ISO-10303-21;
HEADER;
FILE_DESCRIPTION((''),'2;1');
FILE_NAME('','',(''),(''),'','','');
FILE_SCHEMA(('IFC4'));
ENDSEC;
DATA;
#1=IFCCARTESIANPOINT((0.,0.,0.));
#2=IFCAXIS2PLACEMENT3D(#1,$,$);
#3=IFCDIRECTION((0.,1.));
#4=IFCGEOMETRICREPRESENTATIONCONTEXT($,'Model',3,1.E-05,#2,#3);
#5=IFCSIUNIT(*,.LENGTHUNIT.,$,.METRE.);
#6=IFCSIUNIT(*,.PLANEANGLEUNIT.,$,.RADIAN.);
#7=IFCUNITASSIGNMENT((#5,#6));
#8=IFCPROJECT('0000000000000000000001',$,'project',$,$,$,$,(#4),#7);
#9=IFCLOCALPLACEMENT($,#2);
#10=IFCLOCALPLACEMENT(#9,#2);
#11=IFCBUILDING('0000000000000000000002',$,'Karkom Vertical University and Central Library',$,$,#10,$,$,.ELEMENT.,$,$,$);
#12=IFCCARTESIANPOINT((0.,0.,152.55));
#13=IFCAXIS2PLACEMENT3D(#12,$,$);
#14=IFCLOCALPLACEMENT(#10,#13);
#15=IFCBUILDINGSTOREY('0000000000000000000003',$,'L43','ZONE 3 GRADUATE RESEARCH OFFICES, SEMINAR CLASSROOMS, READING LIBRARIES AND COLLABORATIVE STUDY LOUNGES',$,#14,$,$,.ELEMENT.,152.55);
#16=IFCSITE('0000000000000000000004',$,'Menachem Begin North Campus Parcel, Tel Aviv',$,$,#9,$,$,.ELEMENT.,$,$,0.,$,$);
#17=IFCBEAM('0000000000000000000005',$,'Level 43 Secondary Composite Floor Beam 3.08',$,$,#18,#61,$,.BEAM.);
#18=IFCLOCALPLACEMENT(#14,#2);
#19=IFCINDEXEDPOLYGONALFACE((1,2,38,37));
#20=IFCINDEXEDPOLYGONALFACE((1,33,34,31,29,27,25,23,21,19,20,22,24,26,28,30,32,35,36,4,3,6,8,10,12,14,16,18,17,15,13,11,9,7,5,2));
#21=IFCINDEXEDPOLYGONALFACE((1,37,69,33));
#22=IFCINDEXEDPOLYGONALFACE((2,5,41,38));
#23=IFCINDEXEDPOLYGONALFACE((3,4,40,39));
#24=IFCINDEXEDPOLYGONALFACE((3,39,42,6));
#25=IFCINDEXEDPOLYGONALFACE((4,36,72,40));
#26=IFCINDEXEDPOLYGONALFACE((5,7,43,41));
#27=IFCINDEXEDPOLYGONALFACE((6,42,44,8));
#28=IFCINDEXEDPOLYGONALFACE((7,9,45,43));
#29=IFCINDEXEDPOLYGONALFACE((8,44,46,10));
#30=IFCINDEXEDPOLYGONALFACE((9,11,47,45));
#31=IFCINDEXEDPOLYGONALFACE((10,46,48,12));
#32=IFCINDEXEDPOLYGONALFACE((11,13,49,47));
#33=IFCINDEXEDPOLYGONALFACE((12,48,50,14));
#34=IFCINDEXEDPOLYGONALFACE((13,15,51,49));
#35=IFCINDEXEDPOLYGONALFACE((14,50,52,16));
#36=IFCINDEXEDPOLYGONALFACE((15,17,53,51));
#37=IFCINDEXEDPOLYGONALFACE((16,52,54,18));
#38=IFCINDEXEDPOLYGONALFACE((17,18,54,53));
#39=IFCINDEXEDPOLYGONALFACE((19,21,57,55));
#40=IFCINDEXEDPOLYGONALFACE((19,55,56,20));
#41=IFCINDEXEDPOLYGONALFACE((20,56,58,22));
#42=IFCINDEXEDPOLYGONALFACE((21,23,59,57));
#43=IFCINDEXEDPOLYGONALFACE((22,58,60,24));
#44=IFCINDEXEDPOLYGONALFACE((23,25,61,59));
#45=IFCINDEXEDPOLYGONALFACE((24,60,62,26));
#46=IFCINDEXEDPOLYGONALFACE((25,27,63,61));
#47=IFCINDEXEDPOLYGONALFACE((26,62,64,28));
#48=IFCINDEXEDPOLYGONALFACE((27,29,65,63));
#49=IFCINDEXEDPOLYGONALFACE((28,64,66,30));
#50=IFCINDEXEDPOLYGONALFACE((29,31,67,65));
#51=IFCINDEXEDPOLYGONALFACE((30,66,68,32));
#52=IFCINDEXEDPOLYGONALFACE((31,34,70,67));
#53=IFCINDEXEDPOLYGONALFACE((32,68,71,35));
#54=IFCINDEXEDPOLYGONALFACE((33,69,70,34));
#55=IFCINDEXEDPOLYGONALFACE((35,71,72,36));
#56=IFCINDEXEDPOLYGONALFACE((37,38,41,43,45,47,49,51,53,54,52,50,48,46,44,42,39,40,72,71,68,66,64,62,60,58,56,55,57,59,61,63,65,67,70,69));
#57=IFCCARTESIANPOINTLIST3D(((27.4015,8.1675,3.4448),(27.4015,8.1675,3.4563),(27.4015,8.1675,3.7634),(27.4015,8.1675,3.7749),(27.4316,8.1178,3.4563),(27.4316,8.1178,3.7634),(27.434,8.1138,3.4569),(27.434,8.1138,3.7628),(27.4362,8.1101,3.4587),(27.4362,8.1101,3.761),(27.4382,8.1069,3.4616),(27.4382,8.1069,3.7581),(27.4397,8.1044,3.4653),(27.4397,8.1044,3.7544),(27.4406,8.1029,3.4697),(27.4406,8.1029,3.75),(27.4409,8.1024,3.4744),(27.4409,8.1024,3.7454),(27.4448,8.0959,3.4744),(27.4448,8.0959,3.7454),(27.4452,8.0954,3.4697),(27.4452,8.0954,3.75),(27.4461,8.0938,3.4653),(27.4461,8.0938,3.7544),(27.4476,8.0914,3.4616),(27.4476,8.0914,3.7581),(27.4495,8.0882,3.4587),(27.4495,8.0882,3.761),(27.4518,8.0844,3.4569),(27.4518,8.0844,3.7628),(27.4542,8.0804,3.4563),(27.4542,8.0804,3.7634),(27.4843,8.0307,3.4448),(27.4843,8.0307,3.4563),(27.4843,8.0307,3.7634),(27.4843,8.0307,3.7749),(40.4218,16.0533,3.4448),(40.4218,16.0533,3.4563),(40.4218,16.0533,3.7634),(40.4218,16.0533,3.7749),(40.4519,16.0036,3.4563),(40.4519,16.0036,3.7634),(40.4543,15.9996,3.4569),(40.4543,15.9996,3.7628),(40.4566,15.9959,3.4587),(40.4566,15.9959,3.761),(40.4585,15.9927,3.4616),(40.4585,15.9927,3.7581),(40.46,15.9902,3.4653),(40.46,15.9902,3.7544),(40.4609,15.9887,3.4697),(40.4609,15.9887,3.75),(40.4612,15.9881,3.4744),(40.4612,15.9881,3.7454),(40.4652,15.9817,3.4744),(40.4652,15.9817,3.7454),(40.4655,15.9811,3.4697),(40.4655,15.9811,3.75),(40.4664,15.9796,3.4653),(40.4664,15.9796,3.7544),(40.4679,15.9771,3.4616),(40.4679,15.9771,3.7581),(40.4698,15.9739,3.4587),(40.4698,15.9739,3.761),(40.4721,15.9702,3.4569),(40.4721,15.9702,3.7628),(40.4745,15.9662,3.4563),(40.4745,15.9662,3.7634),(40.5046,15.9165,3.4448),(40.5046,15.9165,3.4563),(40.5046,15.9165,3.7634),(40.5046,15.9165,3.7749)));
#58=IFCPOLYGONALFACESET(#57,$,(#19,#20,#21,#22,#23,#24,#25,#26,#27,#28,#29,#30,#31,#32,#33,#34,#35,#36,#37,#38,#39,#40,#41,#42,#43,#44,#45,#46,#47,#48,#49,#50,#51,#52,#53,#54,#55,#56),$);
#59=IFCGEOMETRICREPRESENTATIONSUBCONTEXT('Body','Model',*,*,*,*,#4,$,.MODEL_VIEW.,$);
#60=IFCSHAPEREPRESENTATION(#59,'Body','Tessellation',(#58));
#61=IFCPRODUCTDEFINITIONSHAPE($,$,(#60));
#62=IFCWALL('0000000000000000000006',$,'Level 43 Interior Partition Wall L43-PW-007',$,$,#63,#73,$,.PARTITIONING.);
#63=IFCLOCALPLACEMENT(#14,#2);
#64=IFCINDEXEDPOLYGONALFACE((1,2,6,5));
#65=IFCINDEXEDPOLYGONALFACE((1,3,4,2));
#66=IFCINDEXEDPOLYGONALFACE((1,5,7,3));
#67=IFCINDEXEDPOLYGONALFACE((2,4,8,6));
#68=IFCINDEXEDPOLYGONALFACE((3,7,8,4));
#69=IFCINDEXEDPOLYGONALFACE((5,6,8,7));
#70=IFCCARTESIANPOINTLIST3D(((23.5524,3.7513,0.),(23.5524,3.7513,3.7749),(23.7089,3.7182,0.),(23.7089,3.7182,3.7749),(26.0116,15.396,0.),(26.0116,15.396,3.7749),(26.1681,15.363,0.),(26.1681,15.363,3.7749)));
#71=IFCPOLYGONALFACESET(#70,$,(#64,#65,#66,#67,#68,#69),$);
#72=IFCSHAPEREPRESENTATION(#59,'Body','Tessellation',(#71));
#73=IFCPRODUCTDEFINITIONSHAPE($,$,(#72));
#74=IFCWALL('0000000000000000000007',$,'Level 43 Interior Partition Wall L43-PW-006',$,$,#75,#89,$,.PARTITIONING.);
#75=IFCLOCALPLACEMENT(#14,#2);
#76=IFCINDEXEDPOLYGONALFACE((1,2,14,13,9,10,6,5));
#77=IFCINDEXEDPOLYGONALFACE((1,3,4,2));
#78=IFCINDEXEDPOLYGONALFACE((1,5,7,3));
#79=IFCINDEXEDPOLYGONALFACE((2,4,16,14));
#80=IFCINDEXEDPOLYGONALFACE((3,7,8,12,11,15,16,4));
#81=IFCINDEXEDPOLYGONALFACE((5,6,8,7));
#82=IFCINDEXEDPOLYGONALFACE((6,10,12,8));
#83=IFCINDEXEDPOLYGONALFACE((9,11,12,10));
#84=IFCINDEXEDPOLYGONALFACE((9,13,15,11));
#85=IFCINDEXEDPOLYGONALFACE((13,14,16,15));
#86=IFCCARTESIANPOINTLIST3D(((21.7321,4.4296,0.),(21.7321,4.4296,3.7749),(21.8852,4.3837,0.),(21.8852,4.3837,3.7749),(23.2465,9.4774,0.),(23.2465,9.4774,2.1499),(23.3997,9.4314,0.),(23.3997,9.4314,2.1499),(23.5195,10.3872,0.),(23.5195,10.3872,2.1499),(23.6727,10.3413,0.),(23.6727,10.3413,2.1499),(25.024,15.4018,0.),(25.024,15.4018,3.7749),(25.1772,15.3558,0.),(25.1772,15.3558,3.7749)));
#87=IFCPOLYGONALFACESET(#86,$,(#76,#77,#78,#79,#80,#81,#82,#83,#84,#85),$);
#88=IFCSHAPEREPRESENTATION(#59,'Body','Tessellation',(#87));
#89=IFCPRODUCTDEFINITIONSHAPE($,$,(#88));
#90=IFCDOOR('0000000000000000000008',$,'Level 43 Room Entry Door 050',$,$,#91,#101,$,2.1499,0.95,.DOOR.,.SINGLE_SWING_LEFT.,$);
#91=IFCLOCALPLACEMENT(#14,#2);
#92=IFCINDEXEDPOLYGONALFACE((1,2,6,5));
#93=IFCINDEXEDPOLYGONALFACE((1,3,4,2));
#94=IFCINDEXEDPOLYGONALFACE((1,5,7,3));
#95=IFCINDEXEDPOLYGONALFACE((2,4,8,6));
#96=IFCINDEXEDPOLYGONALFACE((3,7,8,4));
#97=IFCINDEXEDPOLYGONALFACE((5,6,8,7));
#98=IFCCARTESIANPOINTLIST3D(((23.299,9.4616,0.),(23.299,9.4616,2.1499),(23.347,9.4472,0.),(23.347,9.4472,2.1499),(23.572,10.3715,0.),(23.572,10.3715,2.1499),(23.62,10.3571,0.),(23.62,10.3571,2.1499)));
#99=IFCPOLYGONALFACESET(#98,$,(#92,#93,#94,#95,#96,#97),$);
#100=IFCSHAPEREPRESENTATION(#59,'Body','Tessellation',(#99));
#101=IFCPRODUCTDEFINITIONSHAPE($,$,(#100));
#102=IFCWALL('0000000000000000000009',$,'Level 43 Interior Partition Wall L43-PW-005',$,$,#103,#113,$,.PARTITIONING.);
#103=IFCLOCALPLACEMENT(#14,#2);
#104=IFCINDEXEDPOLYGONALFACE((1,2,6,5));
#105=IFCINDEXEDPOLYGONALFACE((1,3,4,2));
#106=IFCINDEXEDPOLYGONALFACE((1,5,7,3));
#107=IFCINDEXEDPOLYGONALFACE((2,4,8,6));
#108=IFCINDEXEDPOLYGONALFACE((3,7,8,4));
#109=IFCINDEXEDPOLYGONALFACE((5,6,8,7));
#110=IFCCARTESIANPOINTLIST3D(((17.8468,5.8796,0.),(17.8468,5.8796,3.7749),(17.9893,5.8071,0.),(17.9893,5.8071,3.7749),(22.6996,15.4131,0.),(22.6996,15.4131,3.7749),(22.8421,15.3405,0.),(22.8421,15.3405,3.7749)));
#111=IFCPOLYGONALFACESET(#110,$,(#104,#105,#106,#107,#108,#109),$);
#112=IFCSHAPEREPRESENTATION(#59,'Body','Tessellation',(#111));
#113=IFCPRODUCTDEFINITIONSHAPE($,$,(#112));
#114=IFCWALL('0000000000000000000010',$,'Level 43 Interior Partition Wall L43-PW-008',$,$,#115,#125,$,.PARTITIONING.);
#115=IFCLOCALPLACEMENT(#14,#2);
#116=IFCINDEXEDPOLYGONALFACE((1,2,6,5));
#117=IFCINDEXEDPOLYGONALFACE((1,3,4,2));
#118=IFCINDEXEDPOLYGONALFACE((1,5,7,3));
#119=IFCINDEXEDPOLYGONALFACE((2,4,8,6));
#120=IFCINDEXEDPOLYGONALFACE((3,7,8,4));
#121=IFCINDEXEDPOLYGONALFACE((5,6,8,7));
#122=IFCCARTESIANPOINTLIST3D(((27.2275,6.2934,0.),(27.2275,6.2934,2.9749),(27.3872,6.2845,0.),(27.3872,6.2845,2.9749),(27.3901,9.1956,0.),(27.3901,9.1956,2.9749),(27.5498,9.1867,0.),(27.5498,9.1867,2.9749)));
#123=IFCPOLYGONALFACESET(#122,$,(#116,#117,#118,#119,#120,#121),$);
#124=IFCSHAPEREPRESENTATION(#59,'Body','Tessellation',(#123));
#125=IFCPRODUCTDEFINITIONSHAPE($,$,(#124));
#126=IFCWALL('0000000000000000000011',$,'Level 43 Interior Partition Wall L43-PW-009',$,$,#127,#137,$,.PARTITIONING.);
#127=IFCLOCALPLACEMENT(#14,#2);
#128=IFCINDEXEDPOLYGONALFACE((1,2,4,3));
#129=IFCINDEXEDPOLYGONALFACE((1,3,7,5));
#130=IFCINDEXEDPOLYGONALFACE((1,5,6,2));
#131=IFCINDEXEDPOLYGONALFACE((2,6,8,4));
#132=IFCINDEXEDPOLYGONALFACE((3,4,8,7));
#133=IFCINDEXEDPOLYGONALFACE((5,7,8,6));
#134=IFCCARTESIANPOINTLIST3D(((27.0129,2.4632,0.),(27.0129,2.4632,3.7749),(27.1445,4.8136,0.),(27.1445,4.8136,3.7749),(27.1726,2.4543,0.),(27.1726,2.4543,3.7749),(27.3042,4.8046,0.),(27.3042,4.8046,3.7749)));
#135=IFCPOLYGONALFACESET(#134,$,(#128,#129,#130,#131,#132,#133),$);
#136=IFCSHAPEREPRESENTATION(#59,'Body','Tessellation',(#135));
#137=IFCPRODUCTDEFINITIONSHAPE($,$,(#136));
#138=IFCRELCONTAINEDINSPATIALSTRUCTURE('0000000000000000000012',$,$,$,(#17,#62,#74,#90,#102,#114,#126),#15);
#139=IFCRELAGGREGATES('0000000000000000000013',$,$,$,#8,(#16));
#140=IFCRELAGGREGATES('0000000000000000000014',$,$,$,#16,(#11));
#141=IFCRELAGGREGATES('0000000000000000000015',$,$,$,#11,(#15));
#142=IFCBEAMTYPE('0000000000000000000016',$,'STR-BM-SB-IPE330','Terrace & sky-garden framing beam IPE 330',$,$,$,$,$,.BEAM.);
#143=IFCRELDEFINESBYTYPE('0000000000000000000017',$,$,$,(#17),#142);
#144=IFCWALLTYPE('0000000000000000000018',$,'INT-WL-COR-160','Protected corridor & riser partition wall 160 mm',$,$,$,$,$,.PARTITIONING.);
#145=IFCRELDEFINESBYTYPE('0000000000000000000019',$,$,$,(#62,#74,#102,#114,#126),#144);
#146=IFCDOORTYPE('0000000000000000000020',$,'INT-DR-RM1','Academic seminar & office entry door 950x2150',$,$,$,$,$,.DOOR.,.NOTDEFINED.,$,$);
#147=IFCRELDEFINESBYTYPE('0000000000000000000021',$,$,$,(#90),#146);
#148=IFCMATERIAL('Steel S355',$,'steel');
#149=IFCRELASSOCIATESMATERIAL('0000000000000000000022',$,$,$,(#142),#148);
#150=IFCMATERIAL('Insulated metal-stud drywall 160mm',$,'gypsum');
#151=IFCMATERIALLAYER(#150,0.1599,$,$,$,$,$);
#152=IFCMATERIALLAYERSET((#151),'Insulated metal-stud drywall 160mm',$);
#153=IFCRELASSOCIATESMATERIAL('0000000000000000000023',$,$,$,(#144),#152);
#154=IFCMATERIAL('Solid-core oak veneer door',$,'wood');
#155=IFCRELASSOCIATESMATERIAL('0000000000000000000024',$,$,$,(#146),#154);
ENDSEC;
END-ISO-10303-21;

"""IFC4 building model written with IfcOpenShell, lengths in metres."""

from ifc_helpers import new_model, si_unit, direction, frame, frame_2d, origin, origin_with_axes, origin_2d, place, context, subcontext, project, spatial, rectangle, i_section, extrude, source, transform, mapped, material, layer, layer_set, material_profile, profile_set, type_object, element, fill, save


model = new_model("IFC4")

# Units and contexts
model_context = context("Model", 3, precision=1e-05, world=origin(), true_north=direction((0.0, 1.0)))
body_context = subcontext(model_context, "Body", "Model", "MODEL_VIEW")
ifc_project = project(units=[si_unit("LENGTHUNIT", "METRE"), si_unit("PLANEANGLEUNIT", "RADIAN")], contexts=[model_context])

# Site, building, storey
site_placement = place(None, origin())
site = spatial("IfcSite", under=ifc_project, at=site_placement, Name="Menachem Begin North Campus Parcel, Tel Aviv", CompositionType="ELEMENT", RefElevation=0.0)
building_placement = place(site_placement, origin())
building = spatial("IfcBuilding", under=site, at=building_placement, Name="Karkom Vertical University and Central Library", CompositionType="ELEMENT")
storey_placement = place(building_placement, frame((0.0, 0.0, 152.55)))
storey = spatial("IfcBuildingStorey", under=building, at=storey_placement, Name="L43", Description="ZONE 3 GRADUATE RESEARCH OFFICES, SEMINAR CLASSROOMS, READING LIBRARIES AND COLLABORATIVE STUDY LOUNGES", CompositionType="ELEMENT", Elevation=152.55)

# Beam
ifc_material_1 = material(Name="Steel S355", Category="steel")
ifc_material_profile_1 = material_profile(ifc_material_1, i_section(OverallWidth=0.1599, OverallDepth=0.3301, WebThickness=0.0076, FlangeThickness=0.0115, FilletRadius=0.0181, at=origin_2d()), Name="IPE 330")
ifc_profile_set_1 = profile_set([ifc_material_profile_1], Name="Steel S355")
beam_type_1 = type_object("IfcBeamType", Name="STR-BM-SB-IPE330", Description="Terrace & sky-garden framing beam IPE 330", PredefinedType="BEAM", material=ifc_profile_set_1)
shared_shape_1 = source(origin_with_axes(), body_context, "Body", "SweptSolid", [
    extrude(i_section(OverallWidth=0.1599, OverallDepth=0.3301, WebThickness=0.0076, FlangeThickness=0.0115, FilletRadius=0.0181, at=origin_2d()), origin(), (0.0, 0.0, 1.0), 15.2222),
])
beam_1_placement = place(storey_placement, frame((27.4429, 8.0991, 3.6099), z_axis=(0.855353, 0.518046, 0.0), x_axis=(-0.518046, 0.855353, 0.0)))
element("IfcBeam", 1, at=beam_1_placement, inside=storey, type_object=beam_type_1, Name="Level 43 Secondary Composite Floor Beam 3.08", PredefinedType="BEAM", context=body_context, shape_type="MappedRepresentation", body=[
    mapped(shared_shape_1, transform((0.0, 0.0, 0.0), scale=1.0)),
])

# Wall
ifc_material_2 = material(Name="Insulated metal-stud drywall 160mm", Category="gypsum")
ifc_layer = layer(ifc_material_2, 0.1599)
ifc_layer_set = layer_set([ifc_layer], Name="Insulated metal-stud drywall 160mm")
wall_type = type_object("IfcWallType", Name="INT-WL-COR-160", Description="Protected corridor & riser partition wall 160 mm", PredefinedType="PARTITIONING", material=ifc_layer_set)
wall_1_placement = place(storey_placement, frame((26.0898, 15.3794, 0.0), z_axis=(0.0, 0.0, 1.0), x_axis=(-0.20663, -0.978419, 0.0)))
element("IfcWall", 2, at=wall_1_placement, inside=storey, type_object=wall_type, Name="Level 43 Interior Partition Wall L43-PW-007", PredefinedType="PARTITIONING", context=body_context, shape_type="SweptSolid", body=[
    extrude(rectangle(XDim=11.9016, YDim=0.1599, at=frame_2d((5.9507, 0.0))), origin(), (0.0, 0.0, 1.0), 3.7749),
])

# Wall, opening, door
wall_2_placement = place(storey_placement, frame((25.1006, 15.3787, 0.0), z_axis=(0.0, 0.0, 1.0), x_axis=(-0.287375, -0.957818, 0.0)))
wall_2 = element("IfcWall", 3, at=wall_2_placement, inside=storey, type_object=wall_type, Name="Level 43 Interior Partition Wall L43-PW-006", PredefinedType="PARTITIONING", context=body_context, shape_type="SweptSolid", body=[
    extrude(rectangle(XDim=11.4553, YDim=0.1599, at=frame_2d((5.7275, 0.0))), origin(), (0.0, 0.0, 1.0), 3.7749),
])
opening_placement = place(wall_2_placement, frame((5.2351, 0.0, 0.0)))
opening = element("IfcOpeningElement", 4, at=opening_placement, cuts=wall_2, PredefinedType="OPENING", context=body_context, shape_type="SweptSolid", body=[
    extrude(rectangle(XDim=0.95, YDim=2.1499, at=frame_2d((0.4751, 1.075))), frame((0.0, 0.0898, 0.0), z_axis=(0.0, -1.0, 0.0), x_axis=(1.0, 0.0, 0.0)), (0.0, 0.0, 1.0), 0.1799),
])
ifc_material_3 = material(Name="Solid-core oak veneer door", Category="wood")
door_type = type_object("IfcDoorType", Name="INT-DR-RM1", Description="Academic seminar & office entry door 950x2150", OperationType="NOTDEFINED", PredefinedType="DOOR", material=ifc_material_3)
shared_shape_2 = source(origin_with_axes(), body_context, "Body", "SweptSolid", [
    extrude(rectangle(XDim=0.95, YDim=2.1499, at=frame_2d((0.4751, 1.075))), frame((0.0, 0.0249, 0.0), z_axis=(0.0, -1.0, 0.0), x_axis=(1.0, 0.0, 0.0)), (0.0, 0.0, 1.0), 0.05),
])
door_placement = place(opening_placement, origin())
door = element("IfcDoor", 5, at=door_placement, inside=storey, type_object=door_type, Name="Level 43 Room Entry Door 050", OperationType="SINGLE_SWING_LEFT", OverallHeight=2.1499, OverallWidth=0.95, PredefinedType="DOOR", context=body_context, shape_type="MappedRepresentation", body=[
    mapped(shared_shape_2, transform((0.0, 0.0, 0.0), scale=1.0)),
])
fill(opening, door)

# Walls
wall_3_placement = place(storey_placement, frame((22.7708, 15.3767, 0.0), z_axis=(0.0, 0.0, 1.0), x_axis=(-0.453638, -0.891186, 0.0)))
element("IfcWall", 6, at=wall_3_placement, inside=storey, type_object=wall_type, Name="Level 43 Interior Partition Wall L43-PW-005", PredefinedType="PARTITIONING", context=body_context, shape_type="SweptSolid", body=[
    extrude(rectangle(XDim=10.6975, YDim=0.1599, at=frame_2d((5.3486, 0.0))), origin(), (0.0, 0.0, 1.0), 3.7749),
])
wall_4_placement = place(storey_placement, frame((27.47, 9.1912, 0.0), z_axis=(0.0, 0.0, 1.0), x_axis=(-0.05594, -0.998434, 0.0)))
element("IfcWall", 7, at=wall_4_placement, inside=storey, type_object=wall_type, Name="Level 43 Interior Partition Wall L43-PW-008", PredefinedType="PARTITIONING", context=body_context, shape_type="SweptSolid", body=[
    extrude(rectangle(XDim=2.9067, YDim=0.1599, at=frame_2d((1.4534, 0.0))), origin(), (0.0, 0.0, 1.0), 2.9749),
])
wall_5_placement = place(storey_placement, frame((27.2244, 4.8091, 0.0), z_axis=(0.0, 0.0, 1.0), x_axis=(-0.055901, -0.998436, 0.0)))
element("IfcWall", 8, at=wall_5_placement, inside=storey, type_object=wall_type, Name="Level 43 Interior Partition Wall L43-PW-009", PredefinedType="PARTITIONING", context=body_context, shape_type="SweptSolid", body=[
    extrude(rectangle(XDim=2.354, YDim=0.1599, at=frame_2d((1.177, 0.0))), origin(), (0.0, 0.0, 1.0), 3.7749),
])

save(model, "model.ifc")
